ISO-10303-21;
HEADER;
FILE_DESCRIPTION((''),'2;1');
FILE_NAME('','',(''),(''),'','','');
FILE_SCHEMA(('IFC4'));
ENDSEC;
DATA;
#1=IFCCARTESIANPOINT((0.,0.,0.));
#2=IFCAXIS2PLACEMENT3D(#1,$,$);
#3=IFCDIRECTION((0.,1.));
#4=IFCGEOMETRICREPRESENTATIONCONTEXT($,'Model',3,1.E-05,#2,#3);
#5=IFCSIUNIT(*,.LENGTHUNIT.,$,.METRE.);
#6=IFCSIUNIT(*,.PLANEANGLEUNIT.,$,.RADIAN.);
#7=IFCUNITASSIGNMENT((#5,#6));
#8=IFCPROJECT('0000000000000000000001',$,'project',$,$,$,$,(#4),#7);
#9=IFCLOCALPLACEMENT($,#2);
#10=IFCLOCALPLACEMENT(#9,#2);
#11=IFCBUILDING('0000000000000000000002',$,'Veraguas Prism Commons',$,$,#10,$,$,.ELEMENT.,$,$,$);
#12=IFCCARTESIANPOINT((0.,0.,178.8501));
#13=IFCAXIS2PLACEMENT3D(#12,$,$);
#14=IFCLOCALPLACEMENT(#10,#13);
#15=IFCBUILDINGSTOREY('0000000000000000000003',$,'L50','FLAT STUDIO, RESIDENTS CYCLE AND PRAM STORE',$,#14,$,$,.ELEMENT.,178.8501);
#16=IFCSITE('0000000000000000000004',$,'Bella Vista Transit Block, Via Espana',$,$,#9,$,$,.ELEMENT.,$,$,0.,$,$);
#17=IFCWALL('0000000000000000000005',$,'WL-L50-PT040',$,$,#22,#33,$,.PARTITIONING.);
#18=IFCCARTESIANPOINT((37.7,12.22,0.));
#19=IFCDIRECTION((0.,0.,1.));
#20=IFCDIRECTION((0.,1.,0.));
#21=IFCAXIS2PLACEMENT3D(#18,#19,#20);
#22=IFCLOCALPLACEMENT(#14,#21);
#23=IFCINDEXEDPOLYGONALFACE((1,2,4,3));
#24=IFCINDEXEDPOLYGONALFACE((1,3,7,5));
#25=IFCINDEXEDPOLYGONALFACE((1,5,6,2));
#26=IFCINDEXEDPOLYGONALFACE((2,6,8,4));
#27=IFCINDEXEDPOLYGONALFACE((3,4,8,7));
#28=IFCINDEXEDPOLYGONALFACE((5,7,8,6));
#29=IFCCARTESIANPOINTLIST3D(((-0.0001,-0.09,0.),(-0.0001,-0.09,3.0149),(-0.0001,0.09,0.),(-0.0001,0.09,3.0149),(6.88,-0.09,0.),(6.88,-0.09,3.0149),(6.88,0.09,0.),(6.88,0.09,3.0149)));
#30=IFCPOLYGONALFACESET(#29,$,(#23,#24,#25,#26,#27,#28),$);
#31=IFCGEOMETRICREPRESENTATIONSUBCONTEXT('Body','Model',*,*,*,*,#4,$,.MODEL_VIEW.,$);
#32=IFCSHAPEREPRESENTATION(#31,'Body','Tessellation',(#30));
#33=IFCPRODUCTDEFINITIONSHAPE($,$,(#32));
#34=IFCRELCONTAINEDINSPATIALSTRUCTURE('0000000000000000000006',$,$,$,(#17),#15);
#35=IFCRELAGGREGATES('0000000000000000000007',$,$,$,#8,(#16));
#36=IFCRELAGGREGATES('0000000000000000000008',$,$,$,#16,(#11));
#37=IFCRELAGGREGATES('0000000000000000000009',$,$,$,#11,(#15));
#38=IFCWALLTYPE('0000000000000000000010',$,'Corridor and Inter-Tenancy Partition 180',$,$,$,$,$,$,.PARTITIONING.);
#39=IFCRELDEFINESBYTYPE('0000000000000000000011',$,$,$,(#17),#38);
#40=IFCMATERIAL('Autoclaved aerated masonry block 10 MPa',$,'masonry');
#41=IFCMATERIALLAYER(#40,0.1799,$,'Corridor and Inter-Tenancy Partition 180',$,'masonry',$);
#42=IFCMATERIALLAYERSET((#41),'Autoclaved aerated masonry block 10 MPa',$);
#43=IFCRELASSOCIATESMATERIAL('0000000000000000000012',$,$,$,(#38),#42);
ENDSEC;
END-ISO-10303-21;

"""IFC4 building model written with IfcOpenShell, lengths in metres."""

from ifc_helpers import new_model, si_unit, direction, frame, frame_2d, origin, place, context, subcontext, project, spatial, rectangle, extrude, material, layer, layer_set, type_object, element, save


model = new_model("IFC4")

# Units and contexts
model_context = context("Model", 3, precision=1e-05, world=origin(), true_north=direction((0.0, 1.0)))
body_context = subcontext(model_context, "Body", "Model", "MODEL_VIEW")
ifc_project = project(units=[si_unit("LENGTHUNIT", "METRE"), si_unit("PLANEANGLEUNIT", "RADIAN")], contexts=[model_context])

# Site, building, storey
site_placement = place(None, origin())
site = spatial("IfcSite", under=ifc_project, at=site_placement, Name="Bella Vista Transit Block, Via Espana", CompositionType="ELEMENT", RefElevation=0.0)
building_placement = place(site_placement, origin())
building = spatial("IfcBuilding", under=site, at=building_placement, Name="Veraguas Prism Commons", CompositionType="ELEMENT")
storey_placement = place(building_placement, frame((0.0, 0.0, 178.8501)))
storey = spatial("IfcBuildingStorey", under=building, at=storey_placement, Name="L50", Description="FLAT STUDIO, RESIDENTS CYCLE AND PRAM STORE", CompositionType="ELEMENT", Elevation=178.8501)

# Shared definitions
ifc_material_1 = material(Name="Autoclaved aerated masonry block 10 MPa", Category="masonry")
ifc_layer_1 = layer(ifc_material_1, 0.1799, Name="Corridor and Inter-Tenancy Partition 180", Category="masonry")
ifc_layer_set_1 = layer_set([ifc_layer_1], Name="Autoclaved aerated masonry block 10 MPa")
wall_type = type_object("IfcWallType", Name="Corridor and Inter-Tenancy Partition 180", PredefinedType="PARTITIONING", material=ifc_layer_set_1)

# Wall
wall_1_placement = place(storey_placement, frame((37.7, 12.22, 0.0), z_axis=(0.0, 0.0, 1.0), x_axis=(0.0, 1.0, 0.0)))
element("IfcWall", 1, at=wall_1_placement, inside=storey, type_object=wall_type, Name="WL-L50-PT040", PredefinedType="PARTITIONING", context=body_context, shape_type="SweptSolid", body=[
    extrude(rectangle(XDim=6.8801, YDim=0.1799, at=frame_2d((3.4399, 0.0))), origin(), (0.0, 0.0, 1.0), 3.0149),
])

save(model, "model.ifc")
